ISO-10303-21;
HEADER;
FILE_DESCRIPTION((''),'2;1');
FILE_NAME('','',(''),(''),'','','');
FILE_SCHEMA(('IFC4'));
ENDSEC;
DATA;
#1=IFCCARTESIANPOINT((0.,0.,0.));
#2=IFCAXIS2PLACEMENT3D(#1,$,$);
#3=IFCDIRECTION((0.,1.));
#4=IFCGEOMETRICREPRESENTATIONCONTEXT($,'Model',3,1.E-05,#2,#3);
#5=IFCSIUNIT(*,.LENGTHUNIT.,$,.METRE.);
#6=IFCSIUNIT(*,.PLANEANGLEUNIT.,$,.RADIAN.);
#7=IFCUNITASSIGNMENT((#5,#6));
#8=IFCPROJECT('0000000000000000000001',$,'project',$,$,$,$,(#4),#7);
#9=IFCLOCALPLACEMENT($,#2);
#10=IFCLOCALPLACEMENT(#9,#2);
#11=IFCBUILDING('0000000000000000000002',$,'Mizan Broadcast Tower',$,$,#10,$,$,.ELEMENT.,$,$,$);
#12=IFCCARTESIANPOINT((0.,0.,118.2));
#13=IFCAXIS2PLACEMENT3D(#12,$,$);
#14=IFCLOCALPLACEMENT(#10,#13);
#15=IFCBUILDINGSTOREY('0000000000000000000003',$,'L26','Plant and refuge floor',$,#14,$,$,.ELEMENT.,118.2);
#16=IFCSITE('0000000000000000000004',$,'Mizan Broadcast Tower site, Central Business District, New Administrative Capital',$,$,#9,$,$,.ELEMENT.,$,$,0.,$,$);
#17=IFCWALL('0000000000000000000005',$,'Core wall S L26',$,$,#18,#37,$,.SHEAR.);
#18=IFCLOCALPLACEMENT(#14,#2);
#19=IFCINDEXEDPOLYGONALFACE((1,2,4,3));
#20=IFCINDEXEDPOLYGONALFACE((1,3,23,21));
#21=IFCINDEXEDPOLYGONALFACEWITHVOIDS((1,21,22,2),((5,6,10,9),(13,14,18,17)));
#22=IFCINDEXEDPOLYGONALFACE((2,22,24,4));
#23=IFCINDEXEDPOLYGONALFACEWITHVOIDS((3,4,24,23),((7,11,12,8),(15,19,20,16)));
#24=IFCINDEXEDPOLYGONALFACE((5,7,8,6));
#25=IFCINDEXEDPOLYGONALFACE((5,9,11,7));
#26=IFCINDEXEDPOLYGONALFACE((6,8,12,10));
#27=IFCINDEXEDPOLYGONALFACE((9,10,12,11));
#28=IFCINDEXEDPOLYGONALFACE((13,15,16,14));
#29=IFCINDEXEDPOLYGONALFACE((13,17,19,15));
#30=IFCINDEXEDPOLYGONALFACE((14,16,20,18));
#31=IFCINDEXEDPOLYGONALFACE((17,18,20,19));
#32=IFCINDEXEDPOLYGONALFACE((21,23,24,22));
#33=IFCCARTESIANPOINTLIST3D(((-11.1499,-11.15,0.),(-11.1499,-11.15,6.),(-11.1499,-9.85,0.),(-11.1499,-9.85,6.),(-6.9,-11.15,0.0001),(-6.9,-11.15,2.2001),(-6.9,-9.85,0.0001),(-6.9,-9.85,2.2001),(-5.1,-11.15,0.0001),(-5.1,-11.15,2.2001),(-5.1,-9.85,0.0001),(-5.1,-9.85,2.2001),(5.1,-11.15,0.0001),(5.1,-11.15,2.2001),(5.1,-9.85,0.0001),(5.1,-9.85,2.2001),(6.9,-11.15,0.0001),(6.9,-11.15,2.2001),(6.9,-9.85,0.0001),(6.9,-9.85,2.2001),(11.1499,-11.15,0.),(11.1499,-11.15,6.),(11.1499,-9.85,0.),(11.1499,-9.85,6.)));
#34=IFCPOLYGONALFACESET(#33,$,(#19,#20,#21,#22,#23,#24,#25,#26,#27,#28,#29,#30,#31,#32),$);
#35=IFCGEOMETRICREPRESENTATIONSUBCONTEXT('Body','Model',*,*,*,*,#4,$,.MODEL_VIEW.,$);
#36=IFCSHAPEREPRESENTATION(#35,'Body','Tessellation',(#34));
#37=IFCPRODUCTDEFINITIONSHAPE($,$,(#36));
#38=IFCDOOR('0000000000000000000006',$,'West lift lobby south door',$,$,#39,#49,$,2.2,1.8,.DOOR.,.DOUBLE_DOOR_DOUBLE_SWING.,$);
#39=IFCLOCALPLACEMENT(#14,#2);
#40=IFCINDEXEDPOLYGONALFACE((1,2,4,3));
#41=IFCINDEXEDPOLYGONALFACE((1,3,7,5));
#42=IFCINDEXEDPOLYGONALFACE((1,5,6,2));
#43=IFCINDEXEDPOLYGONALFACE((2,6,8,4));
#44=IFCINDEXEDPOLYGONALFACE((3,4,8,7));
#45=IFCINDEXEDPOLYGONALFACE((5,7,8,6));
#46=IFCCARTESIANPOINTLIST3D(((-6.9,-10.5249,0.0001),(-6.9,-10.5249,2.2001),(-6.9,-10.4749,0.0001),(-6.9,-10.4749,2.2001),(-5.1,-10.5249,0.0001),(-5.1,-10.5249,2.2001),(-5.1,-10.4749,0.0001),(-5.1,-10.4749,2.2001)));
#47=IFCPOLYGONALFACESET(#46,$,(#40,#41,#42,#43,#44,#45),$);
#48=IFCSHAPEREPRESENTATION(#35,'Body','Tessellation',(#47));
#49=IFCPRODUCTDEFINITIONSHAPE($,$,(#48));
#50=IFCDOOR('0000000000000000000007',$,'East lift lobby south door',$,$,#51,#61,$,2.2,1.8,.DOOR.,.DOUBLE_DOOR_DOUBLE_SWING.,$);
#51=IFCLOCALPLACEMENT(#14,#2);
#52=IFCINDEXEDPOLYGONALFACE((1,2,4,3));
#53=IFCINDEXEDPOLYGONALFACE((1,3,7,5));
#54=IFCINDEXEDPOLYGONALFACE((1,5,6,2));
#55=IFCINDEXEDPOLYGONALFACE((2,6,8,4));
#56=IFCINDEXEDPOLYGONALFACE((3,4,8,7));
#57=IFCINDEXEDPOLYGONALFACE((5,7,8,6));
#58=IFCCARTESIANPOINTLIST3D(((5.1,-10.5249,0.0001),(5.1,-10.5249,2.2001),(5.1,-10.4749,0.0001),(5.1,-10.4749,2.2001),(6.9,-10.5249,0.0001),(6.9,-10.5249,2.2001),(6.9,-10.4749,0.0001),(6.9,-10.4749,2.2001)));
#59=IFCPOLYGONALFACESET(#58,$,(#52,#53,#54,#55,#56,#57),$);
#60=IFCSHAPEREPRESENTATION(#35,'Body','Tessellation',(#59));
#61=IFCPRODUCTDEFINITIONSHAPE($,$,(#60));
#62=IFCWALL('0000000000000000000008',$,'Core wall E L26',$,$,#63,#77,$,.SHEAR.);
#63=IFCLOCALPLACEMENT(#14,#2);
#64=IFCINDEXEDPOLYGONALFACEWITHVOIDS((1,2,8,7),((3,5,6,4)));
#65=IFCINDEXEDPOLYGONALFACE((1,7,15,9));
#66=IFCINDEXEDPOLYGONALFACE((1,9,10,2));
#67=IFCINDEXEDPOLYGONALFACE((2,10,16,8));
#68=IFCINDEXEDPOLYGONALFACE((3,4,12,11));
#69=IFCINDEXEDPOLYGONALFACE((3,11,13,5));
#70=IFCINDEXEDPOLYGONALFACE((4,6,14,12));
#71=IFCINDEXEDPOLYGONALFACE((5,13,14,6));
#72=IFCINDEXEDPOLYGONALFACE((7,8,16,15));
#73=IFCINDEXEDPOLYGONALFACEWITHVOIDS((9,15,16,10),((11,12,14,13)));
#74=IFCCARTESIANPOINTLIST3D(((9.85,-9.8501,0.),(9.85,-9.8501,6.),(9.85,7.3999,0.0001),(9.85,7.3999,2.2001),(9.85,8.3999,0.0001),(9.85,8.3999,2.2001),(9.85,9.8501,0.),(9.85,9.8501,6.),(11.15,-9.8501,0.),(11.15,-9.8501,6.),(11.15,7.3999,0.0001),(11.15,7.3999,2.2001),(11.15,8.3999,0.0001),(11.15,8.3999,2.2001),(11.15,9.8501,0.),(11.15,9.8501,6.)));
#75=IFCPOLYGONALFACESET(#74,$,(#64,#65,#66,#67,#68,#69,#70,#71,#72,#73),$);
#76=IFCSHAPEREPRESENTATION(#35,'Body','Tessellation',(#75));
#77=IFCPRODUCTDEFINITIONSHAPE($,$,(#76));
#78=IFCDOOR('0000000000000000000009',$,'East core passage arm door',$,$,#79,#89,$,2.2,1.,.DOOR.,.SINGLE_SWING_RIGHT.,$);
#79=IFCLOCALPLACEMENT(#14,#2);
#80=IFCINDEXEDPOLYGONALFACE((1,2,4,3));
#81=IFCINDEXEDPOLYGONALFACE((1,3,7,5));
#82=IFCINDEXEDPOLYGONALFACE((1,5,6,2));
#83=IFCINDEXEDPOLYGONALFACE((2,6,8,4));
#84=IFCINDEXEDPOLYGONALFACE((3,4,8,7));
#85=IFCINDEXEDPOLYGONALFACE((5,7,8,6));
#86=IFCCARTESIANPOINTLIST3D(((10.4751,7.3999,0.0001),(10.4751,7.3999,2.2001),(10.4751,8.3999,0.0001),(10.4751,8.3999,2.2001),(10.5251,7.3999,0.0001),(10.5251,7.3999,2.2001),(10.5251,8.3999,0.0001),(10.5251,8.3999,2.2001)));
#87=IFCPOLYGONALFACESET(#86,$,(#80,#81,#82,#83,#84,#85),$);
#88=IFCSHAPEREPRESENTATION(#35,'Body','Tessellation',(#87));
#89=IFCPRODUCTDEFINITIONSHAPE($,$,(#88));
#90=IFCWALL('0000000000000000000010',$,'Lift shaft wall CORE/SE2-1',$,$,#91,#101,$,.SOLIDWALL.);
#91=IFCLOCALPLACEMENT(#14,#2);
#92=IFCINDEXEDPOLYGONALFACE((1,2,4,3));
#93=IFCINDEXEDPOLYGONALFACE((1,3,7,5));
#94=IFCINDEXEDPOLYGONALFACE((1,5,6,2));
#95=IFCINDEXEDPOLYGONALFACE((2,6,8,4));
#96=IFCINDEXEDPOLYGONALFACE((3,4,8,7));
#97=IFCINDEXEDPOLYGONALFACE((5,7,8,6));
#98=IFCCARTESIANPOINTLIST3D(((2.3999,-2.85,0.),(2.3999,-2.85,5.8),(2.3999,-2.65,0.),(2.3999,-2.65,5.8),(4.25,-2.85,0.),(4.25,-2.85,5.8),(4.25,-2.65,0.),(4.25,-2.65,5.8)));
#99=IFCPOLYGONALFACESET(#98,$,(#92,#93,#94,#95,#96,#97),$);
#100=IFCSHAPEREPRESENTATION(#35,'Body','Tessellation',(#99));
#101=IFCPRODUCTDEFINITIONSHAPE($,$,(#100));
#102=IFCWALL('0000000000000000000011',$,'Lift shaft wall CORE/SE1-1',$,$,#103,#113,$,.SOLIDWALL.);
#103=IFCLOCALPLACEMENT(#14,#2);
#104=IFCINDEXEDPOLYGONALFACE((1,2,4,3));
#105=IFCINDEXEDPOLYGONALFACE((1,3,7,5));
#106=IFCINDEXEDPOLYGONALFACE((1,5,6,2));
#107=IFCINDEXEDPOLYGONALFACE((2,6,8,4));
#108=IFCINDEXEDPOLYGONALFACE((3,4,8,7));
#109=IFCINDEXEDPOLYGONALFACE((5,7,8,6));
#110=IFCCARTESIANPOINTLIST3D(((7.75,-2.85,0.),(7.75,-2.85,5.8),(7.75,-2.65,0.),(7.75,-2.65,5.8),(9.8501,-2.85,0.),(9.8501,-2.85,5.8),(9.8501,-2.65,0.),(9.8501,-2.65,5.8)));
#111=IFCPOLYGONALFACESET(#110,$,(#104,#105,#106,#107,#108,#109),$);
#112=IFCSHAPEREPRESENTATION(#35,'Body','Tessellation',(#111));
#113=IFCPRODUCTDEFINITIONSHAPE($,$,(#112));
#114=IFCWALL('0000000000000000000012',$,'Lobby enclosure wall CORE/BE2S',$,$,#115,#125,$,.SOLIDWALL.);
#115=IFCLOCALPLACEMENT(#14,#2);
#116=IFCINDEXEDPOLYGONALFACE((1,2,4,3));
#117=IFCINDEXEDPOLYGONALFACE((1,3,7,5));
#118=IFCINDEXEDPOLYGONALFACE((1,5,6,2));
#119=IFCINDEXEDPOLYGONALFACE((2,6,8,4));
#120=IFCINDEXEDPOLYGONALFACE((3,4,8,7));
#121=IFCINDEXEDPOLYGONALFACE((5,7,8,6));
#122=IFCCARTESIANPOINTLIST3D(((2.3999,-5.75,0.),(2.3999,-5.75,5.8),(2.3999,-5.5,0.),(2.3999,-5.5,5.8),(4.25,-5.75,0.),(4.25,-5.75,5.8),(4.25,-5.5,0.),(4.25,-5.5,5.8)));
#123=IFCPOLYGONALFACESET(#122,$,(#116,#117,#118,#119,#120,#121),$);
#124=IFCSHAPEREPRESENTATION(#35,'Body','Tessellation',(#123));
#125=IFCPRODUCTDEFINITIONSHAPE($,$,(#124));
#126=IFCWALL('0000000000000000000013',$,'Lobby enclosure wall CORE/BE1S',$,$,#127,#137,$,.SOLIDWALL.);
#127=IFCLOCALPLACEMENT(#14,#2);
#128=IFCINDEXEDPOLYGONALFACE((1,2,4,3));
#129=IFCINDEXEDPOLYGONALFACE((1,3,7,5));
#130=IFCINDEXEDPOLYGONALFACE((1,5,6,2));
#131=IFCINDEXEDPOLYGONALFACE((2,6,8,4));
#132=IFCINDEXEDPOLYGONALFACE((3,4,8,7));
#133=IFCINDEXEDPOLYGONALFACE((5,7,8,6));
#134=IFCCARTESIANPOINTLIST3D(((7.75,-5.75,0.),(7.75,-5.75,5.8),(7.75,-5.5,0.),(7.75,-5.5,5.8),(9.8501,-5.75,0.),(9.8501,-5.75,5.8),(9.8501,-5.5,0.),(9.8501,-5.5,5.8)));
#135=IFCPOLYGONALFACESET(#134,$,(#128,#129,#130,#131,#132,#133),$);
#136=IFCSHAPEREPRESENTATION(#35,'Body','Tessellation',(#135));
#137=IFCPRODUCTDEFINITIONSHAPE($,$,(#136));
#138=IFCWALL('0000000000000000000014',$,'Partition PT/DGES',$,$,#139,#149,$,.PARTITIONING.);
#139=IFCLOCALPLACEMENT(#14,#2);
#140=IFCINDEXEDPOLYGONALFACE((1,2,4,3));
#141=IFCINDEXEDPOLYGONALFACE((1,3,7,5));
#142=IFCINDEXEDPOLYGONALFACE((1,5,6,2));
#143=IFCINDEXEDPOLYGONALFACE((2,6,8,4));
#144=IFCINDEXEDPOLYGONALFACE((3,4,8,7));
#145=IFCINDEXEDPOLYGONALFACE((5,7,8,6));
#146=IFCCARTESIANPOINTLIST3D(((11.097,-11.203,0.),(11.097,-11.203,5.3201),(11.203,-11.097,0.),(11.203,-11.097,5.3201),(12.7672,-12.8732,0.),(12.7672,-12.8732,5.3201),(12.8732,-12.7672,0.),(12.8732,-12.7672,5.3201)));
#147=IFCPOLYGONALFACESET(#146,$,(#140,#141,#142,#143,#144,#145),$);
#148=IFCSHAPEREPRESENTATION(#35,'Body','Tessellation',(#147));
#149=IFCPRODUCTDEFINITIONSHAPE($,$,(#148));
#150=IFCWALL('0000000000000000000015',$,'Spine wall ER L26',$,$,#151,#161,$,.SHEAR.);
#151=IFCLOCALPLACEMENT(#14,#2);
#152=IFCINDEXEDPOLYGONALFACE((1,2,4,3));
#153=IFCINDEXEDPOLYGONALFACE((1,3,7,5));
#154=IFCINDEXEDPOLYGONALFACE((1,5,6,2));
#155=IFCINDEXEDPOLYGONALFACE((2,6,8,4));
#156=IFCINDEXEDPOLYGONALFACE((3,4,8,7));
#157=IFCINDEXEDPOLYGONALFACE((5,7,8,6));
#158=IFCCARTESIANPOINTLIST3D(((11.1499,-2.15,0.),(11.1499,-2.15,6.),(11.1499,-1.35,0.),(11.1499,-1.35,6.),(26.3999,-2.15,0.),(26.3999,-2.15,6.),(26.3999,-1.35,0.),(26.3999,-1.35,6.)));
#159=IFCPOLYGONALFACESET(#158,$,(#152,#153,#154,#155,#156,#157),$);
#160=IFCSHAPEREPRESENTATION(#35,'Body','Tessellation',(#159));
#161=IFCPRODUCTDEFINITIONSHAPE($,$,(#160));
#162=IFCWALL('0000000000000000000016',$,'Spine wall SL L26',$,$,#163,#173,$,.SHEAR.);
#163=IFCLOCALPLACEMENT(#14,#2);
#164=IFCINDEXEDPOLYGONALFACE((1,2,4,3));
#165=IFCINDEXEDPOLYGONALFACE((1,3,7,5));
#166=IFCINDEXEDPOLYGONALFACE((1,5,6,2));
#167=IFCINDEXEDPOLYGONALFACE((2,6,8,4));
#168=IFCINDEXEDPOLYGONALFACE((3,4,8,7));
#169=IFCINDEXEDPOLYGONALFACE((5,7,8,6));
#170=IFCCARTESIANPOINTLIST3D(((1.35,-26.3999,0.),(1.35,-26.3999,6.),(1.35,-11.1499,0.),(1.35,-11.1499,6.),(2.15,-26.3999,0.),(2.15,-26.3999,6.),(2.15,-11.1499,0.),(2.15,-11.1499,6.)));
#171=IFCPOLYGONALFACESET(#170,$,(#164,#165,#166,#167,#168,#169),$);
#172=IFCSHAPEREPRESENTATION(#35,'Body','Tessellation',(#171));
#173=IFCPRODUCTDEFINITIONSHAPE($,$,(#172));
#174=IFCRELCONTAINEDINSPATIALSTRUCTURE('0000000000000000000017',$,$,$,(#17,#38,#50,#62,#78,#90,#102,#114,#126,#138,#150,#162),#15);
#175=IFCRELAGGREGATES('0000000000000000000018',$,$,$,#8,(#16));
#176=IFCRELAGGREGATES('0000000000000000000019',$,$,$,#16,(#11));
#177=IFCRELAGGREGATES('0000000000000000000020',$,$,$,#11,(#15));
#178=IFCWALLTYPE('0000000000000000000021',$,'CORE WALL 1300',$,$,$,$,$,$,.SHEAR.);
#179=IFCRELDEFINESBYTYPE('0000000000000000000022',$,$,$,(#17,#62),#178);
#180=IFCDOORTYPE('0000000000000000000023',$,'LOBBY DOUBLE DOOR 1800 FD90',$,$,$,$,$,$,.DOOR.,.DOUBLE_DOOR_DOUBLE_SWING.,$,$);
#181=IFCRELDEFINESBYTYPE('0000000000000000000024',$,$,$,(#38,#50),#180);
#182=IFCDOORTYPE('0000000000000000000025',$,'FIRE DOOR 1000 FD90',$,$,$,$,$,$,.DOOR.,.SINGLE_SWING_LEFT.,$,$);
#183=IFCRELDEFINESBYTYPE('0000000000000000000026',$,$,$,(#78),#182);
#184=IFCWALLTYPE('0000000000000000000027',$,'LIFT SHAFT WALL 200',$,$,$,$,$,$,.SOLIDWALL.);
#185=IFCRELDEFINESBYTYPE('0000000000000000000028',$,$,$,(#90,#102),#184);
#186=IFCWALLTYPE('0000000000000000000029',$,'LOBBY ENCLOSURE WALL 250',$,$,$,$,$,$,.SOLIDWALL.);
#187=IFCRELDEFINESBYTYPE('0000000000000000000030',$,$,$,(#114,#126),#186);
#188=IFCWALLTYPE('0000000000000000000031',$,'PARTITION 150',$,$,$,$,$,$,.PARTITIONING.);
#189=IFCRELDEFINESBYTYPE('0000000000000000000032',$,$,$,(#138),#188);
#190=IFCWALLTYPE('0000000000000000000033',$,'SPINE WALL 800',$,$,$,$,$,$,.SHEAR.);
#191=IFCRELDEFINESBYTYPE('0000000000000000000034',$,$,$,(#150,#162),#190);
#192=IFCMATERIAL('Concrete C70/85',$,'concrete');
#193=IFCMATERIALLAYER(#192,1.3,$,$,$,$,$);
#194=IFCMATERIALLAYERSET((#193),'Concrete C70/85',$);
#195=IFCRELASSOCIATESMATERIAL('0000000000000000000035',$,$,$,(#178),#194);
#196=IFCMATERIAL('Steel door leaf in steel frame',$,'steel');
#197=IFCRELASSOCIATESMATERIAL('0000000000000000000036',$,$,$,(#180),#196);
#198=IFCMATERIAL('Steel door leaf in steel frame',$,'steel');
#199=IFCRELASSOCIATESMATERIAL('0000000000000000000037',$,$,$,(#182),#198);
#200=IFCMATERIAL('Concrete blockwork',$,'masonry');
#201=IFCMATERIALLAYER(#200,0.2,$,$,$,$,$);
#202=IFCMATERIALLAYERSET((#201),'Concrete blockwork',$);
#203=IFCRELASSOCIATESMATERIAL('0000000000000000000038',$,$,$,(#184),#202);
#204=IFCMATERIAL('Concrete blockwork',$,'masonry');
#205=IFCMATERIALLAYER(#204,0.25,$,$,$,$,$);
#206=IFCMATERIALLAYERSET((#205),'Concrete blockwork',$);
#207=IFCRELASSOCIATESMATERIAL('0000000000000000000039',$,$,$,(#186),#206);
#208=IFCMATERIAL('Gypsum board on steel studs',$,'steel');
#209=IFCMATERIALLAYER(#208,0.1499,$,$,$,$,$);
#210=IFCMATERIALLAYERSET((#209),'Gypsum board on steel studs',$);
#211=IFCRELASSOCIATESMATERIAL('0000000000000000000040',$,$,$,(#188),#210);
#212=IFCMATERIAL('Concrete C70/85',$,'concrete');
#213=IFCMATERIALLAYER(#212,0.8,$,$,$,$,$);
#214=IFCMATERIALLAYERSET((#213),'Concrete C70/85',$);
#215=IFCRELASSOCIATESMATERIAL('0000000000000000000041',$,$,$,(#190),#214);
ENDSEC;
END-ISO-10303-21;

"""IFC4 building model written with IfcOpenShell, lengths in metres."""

from ifc_helpers import new_model, si_unit, direction, frame, frame_2d, origin, place, context, subcontext, project, spatial, rectangle, extrude, material, layer, layer_set, type_object, element, fill, save


model = new_model("IFC4")

# Units and contexts
model_context = context("Model", 3, precision=1e-05, world=origin(), true_north=direction((0.0, 1.0)))
body_context = subcontext(model_context, "Body", "Model", "MODEL_VIEW")
ifc_project = project(units=[si_unit("LENGTHUNIT", "METRE"), si_unit("PLANEANGLEUNIT", "RADIAN")], contexts=[model_context])

# Site, building, storey
site_placement = place(None, origin())
site = spatial("IfcSite", under=ifc_project, at=site_placement, Name="Mizan Broadcast Tower site, Central Business District, New Administrative Capital", CompositionType="ELEMENT", RefElevation=0.0)
building_placement = place(site_placement, origin())
building = spatial("IfcBuilding", under=site, at=building_placement, Name="Mizan Broadcast Tower", CompositionType="ELEMENT")
storey_placement = place(building_placement, frame((0.0, 0.0, 118.2)))
storey = spatial("IfcBuildingStorey", under=building, at=storey_placement, Name="L26", Description="Plant and refuge floor", CompositionType="ELEMENT", Elevation=118.2)

# Wall, openings, doors
ifc_material_1 = material(Name="Concrete C70/85", Category="concrete")
ifc_layer_1 = layer(ifc_material_1, 1.3)
ifc_layer_set_1 = layer_set([ifc_layer_1], Name="Concrete C70/85")
wall_type_1 = type_object("IfcWallType", Name="CORE WALL 1300", PredefinedType="SHEAR", material=ifc_layer_set_1)
wall_1_placement = place(storey_placement, frame((11.1499, -10.5, 0.0), z_axis=(0.0, 0.0, 1.0), x_axis=(-1.0, 0.0, 0.0)))
wall_1 = element("IfcWall", 1, at=wall_1_placement, inside=storey, type_object=wall_type_1, Name="Core wall S L26", PredefinedType="SHEAR", context=body_context, shape_type="SweptSolid", body=[
    extrude(rectangle(XDim=22.2998, YDim=1.3, at=frame_2d((11.1499, 0.0))), origin(), (0.0, 0.0, 1.0), 6.0),
])
opening_1_placement = place(wall_1_placement, frame((16.25, 0.0, 0.0)))
opening_1 = element("IfcOpeningElement", 2, at=opening_1_placement, cuts=wall_1, PredefinedType="OPENING", context=body_context, shape_type="SweptSolid", body=[
    extrude(rectangle(XDim=1.8, YDim=2.2, at=frame_2d((0.8999, 1.1001))), frame((0.0, 0.6599, 0.0), z_axis=(0.0, -1.0, 0.0), x_axis=(1.0, 0.0, 0.0)), (0.0, 0.0, 1.0), 1.3201),
])
opening_2_placement = place(wall_1_placement, frame((4.25, 0.0, 0.0)))
opening_2 = element("IfcOpeningElement", 3, at=opening_2_placement, cuts=wall_1, PredefinedType="OPENING", context=body_context, shape_type="SweptSolid", body=[
    extrude(rectangle(XDim=1.8, YDim=2.2, at=frame_2d((0.8999, 1.1001))), frame((0.0, 0.6599, 0.0), z_axis=(0.0, -1.0, 0.0), x_axis=(1.0, 0.0, 0.0)), (0.0, 0.0, 1.0), 1.3201),
])
ifc_material_2 = material(Name="Steel door leaf in steel frame", Category="steel")
door_type_1 = type_object("IfcDoorType", Name="LOBBY DOUBLE DOOR 1800 FD90", OperationType="DOUBLE_DOOR_DOUBLE_SWING", PredefinedType="DOOR", material=ifc_material_2)
door_1_placement = place(opening_1_placement, origin())
door_1 = element("IfcDoor", 4, at=door_1_placement, inside=storey, type_object=door_type_1, Name="West lift lobby south door", OperationType="DOUBLE_DOOR_DOUBLE_SWING", OverallHeight=2.2, OverallWidth=1.8, PredefinedType="DOOR", context=body_context, shape_type="SweptSolid", body=[
    extrude(rectangle(XDim=1.8, YDim=2.2, at=frame_2d((0.8999, 1.1001))), frame((0.0, 0.0249, 0.0), z_axis=(0.0, -1.0, 0.0), x_axis=(1.0, 0.0, 0.0)), (0.0, 0.0, 1.0), 0.05),
])
fill(opening_1, door_1)
door_2_placement = place(opening_2_placement, origin())
door_2 = element("IfcDoor", 5, at=door_2_placement, inside=storey, type_object=door_type_1, Name="East lift lobby south door", OperationType="DOUBLE_DOOR_DOUBLE_SWING", OverallHeight=2.2, OverallWidth=1.8, PredefinedType="DOOR", context=body_context, shape_type="SweptSolid", body=[
    extrude(rectangle(XDim=1.8, YDim=2.2, at=frame_2d((0.8999, 1.1001))), frame((0.0, 0.0249, 0.0), z_axis=(0.0, -1.0, 0.0), x_axis=(1.0, 0.0, 0.0)), (0.0, 0.0, 1.0), 0.05),
])
fill(opening_2, door_2)

# Wall, opening, door
wall_2_placement = place(storey_placement, frame((10.5, -9.8501, 0.0), z_axis=(0.0, 0.0, 1.0), x_axis=(0.0, 1.0, 0.0)))
wall_2 = element("IfcWall", 6, at=wall_2_placement, inside=storey, type_object=wall_type_1, Name="Core wall E L26", PredefinedType="SHEAR", context=body_context, shape_type="SweptSolid", body=[
    extrude(rectangle(XDim=19.7002, YDim=1.3, at=frame_2d((9.8501, 0.0))), origin(), (0.0, 0.0, 1.0), 6.0),
])
opening_3_placement = place(wall_2_placement, frame((17.25, 0.0, 0.0)))
opening_3 = element("IfcOpeningElement", 7, at=opening_3_placement, cuts=wall_2, PredefinedType="OPENING", context=body_context, shape_type="SweptSolid", body=[
    extrude(rectangle(XDim=1.0, YDim=2.2, at=frame_2d((0.5, 1.1001))), frame((0.0, 0.6599, 0.0), z_axis=(0.0, -1.0, 0.0), x_axis=(1.0, 0.0, 0.0)), (0.0, 0.0, 1.0), 1.3201),
])
ifc_material_3 = material(Name="Steel door leaf in steel frame", Category="steel")
door_type_2 = type_object("IfcDoorType", Name="FIRE DOOR 1000 FD90", OperationType="SINGLE_SWING_LEFT", PredefinedType="DOOR", material=ifc_material_3)
door_3_placement = place(opening_3_placement, origin())
door_3 = element("IfcDoor", 8, at=door_3_placement, inside=storey, type_object=door_type_2, Name="East core passage arm door", OperationType="SINGLE_SWING_RIGHT", OverallHeight=2.2, OverallWidth=1.0, PredefinedType="DOOR", context=body_context, shape_type="SweptSolid", body=[
    extrude(rectangle(XDim=1.0, YDim=2.2, at=frame_2d((0.5, 1.1001))), frame((0.0, 0.0249, 0.0), z_axis=(0.0, -1.0, 0.0), x_axis=(1.0, 0.0, 0.0)), (0.0, 0.0, 1.0), 0.05),
])
fill(opening_3, door_3)

# Walls
ifc_material_4 = material(Name="Concrete blockwork", Category="masonry")
ifc_layer_2 = layer(ifc_material_4, 0.2)
ifc_layer_set_2 = layer_set([ifc_layer_2], Name="Concrete blockwork")
wall_type_2 = type_object("IfcWallType", Name="LIFT SHAFT WALL 200", PredefinedType="SOLIDWALL", material=ifc_layer_set_2)
wall_3_placement = place(storey_placement, frame((2.3999, -2.75, 0.0), z_axis=(0.0, 0.0, 1.0), x_axis=(1.0, 0.0, 0.0)))
element("IfcWall", 9, at=wall_3_placement, inside=storey, type_object=wall_type_2, Name="Lift shaft wall CORE/SE2-1", PredefinedType="SOLIDWALL", context=body_context, shape_type="SweptSolid", body=[
    extrude(rectangle(XDim=1.8501, YDim=0.2, at=frame_2d((0.925, 0.0))), origin(), (0.0, 0.0, 1.0), 5.8),
])
wall_4_placement = place(storey_placement, frame((7.75, -2.75, 0.0), z_axis=(0.0, 0.0, 1.0), x_axis=(1.0, 0.0, 0.0)))
element("IfcWall", 10, at=wall_4_placement, inside=storey, type_object=wall_type_2, Name="Lift shaft wall CORE/SE1-1", PredefinedType="SOLIDWALL", context=body_context, shape_type="SweptSolid", body=[
    extrude(rectangle(XDim=2.1001, YDim=0.2, at=frame_2d((1.05, 0.0))), origin(), (0.0, 0.0, 1.0), 5.8),
])
ifc_material_5 = material(Name="Concrete blockwork", Category="masonry")
ifc_layer_3 = layer(ifc_material_5, 0.25)
ifc_layer_set_3 = layer_set([ifc_layer_3], Name="Concrete blockwork")
wall_type_3 = type_object("IfcWallType", Name="LOBBY ENCLOSURE WALL 250", PredefinedType="SOLIDWALL", material=ifc_layer_set_3)
wall_5_placement = place(storey_placement, frame((2.3999, -5.625, 0.0), z_axis=(0.0, 0.0, 1.0), x_axis=(1.0, 0.0, 0.0)))
element("IfcWall", 11, at=wall_5_placement, inside=storey, type_object=wall_type_3, Name="Lobby enclosure wall CORE/BE2S", PredefinedType="SOLIDWALL", context=body_context, shape_type="SweptSolid", body=[
    extrude(rectangle(XDim=1.8501, YDim=0.25, at=frame_2d((0.925, 0.0))), origin(), (0.0, 0.0, 1.0), 5.8),
])
wall_6_placement = place(storey_placement, frame((7.75, -5.625, 0.0), z_axis=(0.0, 0.0, 1.0), x_axis=(1.0, 0.0, 0.0)))
element("IfcWall", 12, at=wall_6_placement, inside=storey, type_object=wall_type_3, Name="Lobby enclosure wall CORE/BE1S", PredefinedType="SOLIDWALL", context=body_context, shape_type="SweptSolid", body=[
    extrude(rectangle(XDim=2.1001, YDim=0.25, at=frame_2d((1.05, 0.0))), origin(), (0.0, 0.0, 1.0), 5.8),
])
ifc_material_6 = material(Name="Gypsum board on steel studs", Category="steel")
ifc_layer_4 = layer(ifc_material_6, 0.1499)
ifc_layer_set_4 = layer_set([ifc_layer_4], Name="Gypsum board on steel studs")
wall_type_4 = type_object("IfcWallType", Name="PARTITION 150", PredefinedType="PARTITIONING", material=ifc_layer_set_4)
wall_7_placement = place(storey_placement, frame((11.1499, -11.1499, 0.0), z_axis=(0.0, 0.0, 1.0), x_axis=(0.707107, -0.707107, 0.0)))
element("IfcWall", 13, at=wall_7_placement, inside=storey, type_object=wall_type_4, Name="Partition PT/DGES", PredefinedType="PARTITIONING", context=body_context, shape_type="SweptSolid", body=[
    extrude(rectangle(XDim=2.3621, YDim=0.1499, at=frame_2d((1.1812, 0.0))), origin(), (0.0, 0.0, 1.0), 5.3201),
])
ifc_material_7 = material(Name="Concrete C70/85", Category="concrete")
ifc_layer_5 = layer(ifc_material_7, 0.8)
ifc_layer_set_5 = layer_set([ifc_layer_5], Name="Concrete C70/85")
wall_type_5 = type_object("IfcWallType", Name="SPINE WALL 800", PredefinedType="SHEAR", material=ifc_layer_set_5)
for number, where, z_axis, x_axis, name in (
    (14, (11.1499, -1.75, 0.0), (0.0, 0.0, 1.0), (1.0, 0.0, 0.0), "Spine wall ER L26"),
    (15, (1.75, -11.1499, 0.0), (0.0, 0.0, 1.0), (0.0, -1.0, 0.0), "Spine wall SL L26"),
):
    element("IfcWall", number, at=place(storey_placement, frame(where, z_axis=z_axis, x_axis=x_axis)), inside=storey, type_object=wall_type_5, Name=name, PredefinedType="SHEAR", context=body_context, shape_type="SweptSolid", body=[
        extrude(rectangle(XDim=15.25, YDim=0.8, at=frame_2d((7.625, 0.0))), origin(), (0.0, 0.0, 1.0), 6.0),
    ])

save(model, "model.ifc")
